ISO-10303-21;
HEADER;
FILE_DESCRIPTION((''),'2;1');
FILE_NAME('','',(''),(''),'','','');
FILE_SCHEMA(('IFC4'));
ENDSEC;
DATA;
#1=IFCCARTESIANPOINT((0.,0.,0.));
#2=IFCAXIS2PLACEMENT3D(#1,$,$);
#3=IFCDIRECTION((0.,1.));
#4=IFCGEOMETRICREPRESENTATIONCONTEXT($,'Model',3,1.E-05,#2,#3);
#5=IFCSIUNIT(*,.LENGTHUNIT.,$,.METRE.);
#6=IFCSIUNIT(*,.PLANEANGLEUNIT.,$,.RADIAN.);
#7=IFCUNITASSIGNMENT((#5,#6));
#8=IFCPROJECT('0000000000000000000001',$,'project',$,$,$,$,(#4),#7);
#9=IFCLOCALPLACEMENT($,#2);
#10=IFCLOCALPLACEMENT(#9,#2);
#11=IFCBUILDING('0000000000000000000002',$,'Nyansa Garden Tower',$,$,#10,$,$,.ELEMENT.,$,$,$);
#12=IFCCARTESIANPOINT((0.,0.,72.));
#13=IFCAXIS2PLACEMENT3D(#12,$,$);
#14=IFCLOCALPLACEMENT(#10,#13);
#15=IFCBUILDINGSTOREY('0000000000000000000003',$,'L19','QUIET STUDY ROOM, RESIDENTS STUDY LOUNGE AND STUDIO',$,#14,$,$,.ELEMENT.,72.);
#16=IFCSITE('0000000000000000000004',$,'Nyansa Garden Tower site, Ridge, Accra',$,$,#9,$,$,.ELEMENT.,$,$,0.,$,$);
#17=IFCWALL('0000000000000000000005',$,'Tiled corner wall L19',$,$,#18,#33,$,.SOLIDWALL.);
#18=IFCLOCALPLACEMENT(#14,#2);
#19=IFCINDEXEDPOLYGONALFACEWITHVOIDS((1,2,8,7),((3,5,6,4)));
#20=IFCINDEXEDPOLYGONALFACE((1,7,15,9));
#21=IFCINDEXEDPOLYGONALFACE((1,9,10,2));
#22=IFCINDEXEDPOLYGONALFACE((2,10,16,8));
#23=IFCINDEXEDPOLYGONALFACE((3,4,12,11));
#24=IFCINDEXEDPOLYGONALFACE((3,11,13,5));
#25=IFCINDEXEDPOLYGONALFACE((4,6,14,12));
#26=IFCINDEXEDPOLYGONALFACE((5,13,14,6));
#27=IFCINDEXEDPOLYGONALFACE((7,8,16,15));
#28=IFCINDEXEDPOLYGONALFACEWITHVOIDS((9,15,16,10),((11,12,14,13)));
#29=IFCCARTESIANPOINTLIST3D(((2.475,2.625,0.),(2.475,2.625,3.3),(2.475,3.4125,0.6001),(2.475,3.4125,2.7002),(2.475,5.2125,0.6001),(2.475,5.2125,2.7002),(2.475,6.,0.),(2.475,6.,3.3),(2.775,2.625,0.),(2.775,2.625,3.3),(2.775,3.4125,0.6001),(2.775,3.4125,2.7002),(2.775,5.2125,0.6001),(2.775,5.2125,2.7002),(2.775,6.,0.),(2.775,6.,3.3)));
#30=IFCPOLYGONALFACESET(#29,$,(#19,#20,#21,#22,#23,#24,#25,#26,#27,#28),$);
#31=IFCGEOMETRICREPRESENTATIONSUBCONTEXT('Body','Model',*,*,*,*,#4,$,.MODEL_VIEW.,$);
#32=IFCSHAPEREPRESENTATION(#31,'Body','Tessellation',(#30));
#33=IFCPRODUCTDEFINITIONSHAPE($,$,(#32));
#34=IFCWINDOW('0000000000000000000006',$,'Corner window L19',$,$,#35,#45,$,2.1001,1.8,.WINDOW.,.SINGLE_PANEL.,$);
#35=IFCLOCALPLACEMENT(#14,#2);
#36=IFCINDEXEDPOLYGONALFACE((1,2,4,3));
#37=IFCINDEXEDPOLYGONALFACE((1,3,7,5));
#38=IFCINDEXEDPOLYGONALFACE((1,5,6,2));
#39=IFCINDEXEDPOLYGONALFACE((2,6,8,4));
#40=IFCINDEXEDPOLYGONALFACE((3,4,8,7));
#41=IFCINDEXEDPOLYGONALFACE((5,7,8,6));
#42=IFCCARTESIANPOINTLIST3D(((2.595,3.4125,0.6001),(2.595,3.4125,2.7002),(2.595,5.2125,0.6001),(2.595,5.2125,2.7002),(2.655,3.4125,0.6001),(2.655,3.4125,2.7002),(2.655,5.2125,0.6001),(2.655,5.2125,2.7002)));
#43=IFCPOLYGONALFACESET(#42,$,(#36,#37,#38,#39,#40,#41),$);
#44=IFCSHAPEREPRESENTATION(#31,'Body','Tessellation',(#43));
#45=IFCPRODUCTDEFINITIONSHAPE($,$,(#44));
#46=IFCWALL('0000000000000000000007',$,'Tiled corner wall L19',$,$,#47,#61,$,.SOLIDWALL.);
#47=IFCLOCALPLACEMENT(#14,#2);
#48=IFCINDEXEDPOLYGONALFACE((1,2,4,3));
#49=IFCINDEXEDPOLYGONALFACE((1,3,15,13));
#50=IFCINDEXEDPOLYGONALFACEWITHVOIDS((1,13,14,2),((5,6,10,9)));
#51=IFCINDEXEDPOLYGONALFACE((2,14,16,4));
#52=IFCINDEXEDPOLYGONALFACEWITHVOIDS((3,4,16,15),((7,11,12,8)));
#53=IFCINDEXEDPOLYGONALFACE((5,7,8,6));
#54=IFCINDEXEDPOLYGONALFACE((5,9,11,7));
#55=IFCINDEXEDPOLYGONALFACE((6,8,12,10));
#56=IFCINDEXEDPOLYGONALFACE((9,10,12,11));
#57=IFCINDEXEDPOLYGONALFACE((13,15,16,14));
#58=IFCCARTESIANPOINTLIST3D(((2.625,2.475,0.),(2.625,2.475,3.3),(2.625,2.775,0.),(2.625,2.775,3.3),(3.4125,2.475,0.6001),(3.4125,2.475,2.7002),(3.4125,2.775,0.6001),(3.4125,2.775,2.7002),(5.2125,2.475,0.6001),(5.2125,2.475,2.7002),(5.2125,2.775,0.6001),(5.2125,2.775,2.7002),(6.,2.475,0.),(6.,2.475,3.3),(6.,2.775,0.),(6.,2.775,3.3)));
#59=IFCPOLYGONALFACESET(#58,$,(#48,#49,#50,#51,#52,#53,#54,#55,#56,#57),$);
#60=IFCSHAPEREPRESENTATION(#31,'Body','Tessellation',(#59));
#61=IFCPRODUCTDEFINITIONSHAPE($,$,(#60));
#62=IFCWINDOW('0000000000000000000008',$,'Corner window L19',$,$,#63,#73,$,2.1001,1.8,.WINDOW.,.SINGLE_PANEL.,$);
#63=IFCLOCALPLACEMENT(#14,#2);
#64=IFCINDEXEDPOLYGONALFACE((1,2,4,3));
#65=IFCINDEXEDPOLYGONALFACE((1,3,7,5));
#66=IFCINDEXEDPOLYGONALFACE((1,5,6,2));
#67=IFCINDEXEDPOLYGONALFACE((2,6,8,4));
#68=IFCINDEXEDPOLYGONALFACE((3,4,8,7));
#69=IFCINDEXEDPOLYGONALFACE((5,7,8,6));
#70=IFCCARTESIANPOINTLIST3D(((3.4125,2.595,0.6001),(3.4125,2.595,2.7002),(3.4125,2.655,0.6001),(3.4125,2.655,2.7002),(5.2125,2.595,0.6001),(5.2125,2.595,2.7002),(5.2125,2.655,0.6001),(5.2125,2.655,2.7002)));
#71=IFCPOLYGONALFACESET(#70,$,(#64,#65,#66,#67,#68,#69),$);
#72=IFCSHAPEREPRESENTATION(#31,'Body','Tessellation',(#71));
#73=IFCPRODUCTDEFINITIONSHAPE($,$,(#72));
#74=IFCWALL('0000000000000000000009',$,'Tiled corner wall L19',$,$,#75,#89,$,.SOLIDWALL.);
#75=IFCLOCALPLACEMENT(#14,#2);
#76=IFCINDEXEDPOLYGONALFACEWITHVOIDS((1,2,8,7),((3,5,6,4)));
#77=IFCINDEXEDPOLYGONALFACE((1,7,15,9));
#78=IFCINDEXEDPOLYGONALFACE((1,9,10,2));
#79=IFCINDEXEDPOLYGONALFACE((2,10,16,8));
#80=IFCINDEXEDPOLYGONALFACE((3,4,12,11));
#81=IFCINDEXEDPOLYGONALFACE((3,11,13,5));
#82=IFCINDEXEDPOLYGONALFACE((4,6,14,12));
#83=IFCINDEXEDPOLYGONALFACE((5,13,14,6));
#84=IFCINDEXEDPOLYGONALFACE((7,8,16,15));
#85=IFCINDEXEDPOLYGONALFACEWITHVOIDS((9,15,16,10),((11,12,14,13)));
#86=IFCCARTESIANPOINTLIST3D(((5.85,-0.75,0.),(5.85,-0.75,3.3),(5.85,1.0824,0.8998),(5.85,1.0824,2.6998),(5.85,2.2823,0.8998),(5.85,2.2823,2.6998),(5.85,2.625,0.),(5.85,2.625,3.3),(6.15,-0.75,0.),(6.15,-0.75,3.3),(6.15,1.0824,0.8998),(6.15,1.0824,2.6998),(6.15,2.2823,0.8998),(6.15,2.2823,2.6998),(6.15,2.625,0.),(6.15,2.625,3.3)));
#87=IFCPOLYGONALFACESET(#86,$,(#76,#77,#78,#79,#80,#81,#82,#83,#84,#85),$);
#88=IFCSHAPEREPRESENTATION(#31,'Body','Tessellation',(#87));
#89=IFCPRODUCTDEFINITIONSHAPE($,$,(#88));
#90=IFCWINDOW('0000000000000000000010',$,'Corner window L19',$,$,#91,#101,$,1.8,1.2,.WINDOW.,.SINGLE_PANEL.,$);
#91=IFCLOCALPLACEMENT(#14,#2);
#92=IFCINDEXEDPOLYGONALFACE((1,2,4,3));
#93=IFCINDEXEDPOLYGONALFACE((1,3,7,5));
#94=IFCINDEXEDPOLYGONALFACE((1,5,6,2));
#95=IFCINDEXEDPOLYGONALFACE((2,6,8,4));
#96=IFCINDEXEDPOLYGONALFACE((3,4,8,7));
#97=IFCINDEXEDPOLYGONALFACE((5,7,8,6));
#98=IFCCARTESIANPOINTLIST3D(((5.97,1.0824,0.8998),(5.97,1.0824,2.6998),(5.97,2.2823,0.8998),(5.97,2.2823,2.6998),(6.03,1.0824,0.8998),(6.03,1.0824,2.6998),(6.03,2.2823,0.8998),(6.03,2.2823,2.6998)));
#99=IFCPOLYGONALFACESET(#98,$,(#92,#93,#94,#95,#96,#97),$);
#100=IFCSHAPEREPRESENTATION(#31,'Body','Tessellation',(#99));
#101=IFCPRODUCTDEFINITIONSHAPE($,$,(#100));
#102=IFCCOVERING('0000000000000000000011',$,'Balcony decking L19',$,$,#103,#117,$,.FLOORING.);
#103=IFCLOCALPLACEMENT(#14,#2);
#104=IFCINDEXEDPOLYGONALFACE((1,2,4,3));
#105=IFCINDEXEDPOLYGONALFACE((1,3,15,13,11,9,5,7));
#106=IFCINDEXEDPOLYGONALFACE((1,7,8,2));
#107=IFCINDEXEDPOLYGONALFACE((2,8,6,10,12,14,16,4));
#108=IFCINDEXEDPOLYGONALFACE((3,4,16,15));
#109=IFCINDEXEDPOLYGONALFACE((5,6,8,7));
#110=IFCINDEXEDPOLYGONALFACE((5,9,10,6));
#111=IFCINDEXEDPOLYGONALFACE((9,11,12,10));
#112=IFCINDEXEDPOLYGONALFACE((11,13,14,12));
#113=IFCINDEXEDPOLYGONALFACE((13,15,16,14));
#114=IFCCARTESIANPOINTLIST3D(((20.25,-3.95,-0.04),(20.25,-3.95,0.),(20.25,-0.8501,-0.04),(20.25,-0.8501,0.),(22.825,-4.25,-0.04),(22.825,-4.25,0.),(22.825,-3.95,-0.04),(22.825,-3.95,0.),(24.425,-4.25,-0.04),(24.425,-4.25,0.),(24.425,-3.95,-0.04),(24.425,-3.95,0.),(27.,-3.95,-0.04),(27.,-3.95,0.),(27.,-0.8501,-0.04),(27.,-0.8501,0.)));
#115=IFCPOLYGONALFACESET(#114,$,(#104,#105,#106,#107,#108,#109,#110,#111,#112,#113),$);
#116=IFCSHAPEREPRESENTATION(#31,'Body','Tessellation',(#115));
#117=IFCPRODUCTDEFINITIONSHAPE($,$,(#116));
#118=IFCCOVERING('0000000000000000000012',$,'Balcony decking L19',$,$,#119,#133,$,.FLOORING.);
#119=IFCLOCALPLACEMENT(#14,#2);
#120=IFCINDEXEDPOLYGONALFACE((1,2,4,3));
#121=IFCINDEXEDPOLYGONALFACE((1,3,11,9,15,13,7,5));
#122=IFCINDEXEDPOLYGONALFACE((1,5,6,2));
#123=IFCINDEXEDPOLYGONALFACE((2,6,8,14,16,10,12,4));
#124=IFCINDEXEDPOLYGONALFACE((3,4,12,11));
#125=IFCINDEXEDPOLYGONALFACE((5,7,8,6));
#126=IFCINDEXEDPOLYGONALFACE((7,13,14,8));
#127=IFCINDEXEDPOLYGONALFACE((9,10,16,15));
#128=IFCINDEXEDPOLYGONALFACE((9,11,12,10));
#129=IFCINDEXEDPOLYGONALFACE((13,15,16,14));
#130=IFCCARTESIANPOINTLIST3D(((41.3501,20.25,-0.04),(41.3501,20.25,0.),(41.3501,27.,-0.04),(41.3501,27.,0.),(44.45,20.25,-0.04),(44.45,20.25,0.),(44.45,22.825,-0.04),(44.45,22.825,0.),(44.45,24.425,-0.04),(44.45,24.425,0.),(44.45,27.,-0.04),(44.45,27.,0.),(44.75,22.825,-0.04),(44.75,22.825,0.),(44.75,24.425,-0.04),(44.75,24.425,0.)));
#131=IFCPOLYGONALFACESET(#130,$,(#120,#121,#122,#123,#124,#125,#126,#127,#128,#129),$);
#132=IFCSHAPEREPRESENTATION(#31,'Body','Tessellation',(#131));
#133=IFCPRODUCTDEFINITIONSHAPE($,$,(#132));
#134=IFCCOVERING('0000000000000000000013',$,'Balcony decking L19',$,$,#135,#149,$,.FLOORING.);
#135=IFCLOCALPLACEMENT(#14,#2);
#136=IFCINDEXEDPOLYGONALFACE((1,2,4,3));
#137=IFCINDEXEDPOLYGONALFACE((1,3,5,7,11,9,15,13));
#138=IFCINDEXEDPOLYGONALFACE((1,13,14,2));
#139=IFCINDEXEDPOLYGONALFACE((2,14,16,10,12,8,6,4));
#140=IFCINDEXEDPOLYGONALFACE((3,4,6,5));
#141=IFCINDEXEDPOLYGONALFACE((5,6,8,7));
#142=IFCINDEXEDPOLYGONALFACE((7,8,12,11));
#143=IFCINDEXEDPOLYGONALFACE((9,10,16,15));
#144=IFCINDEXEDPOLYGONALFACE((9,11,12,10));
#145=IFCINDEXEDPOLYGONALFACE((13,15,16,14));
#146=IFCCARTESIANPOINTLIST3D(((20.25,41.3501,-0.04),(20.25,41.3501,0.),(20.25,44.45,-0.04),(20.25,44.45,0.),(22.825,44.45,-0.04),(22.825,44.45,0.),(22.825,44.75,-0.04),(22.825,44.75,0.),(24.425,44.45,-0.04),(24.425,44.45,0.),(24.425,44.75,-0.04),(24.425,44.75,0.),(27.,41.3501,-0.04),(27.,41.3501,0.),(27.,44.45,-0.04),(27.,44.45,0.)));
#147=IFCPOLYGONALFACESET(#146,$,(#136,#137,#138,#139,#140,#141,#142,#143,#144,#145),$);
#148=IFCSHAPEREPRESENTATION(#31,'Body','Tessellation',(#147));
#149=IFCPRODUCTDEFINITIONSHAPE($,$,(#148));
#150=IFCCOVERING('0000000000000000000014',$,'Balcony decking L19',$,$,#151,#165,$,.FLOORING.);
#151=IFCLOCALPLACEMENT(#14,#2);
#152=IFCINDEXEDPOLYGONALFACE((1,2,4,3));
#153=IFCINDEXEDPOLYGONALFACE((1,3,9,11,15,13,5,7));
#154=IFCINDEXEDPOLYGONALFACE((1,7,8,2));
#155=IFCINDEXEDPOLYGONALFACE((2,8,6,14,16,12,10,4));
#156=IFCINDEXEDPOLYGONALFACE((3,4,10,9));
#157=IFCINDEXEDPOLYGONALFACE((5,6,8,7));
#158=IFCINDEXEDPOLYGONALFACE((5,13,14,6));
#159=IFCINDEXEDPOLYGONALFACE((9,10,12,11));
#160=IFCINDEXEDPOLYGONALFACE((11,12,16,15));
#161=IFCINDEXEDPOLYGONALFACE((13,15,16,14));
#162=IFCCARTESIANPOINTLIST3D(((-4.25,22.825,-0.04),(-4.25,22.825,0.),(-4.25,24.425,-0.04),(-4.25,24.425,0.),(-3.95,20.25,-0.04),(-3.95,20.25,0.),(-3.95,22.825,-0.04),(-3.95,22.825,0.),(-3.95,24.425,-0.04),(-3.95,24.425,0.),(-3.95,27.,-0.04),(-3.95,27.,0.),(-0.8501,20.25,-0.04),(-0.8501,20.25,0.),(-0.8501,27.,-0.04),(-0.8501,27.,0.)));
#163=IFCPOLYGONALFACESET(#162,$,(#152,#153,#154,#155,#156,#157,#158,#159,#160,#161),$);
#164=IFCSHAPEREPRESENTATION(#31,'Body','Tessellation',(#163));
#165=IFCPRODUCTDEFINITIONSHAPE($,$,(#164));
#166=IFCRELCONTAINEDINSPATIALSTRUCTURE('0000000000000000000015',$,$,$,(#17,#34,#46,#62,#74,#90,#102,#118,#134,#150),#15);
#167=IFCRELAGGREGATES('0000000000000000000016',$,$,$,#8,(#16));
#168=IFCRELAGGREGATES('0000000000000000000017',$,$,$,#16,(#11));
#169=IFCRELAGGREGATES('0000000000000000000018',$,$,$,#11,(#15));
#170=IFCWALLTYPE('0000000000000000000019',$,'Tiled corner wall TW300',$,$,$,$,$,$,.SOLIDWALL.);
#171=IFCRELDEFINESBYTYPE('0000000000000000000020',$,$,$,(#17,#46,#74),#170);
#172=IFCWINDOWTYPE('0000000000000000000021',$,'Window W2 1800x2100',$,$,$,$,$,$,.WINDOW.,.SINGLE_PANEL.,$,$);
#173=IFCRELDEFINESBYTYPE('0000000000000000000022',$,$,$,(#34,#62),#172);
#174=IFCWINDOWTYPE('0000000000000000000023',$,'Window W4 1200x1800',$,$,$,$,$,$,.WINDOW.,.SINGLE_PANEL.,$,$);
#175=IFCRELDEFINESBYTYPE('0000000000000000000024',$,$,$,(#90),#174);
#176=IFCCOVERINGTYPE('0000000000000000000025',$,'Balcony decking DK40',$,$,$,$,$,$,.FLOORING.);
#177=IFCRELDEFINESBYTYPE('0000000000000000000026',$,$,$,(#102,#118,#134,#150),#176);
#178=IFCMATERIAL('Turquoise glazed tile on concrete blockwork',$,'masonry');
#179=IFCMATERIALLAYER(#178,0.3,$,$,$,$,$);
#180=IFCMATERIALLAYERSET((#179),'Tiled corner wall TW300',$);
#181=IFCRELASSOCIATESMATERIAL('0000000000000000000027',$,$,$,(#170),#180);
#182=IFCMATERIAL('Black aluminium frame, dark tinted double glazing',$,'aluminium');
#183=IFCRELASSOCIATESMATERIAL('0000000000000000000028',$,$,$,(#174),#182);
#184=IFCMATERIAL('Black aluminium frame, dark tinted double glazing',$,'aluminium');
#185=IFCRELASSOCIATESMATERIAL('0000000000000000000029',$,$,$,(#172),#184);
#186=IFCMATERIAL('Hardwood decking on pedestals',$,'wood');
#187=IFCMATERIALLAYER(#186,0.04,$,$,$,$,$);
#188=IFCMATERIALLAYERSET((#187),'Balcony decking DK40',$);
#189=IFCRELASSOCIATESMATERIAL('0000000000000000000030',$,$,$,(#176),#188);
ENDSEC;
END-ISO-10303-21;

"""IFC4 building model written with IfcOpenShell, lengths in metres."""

from ifc_helpers import new_model, si_unit, direction, frame, frame_2d, origin, place, context, subcontext, project, spatial, polyline, rectangle, outline, extrude, material, layer, layer_set, type_object, element, fill, save


model = new_model("IFC4")

# Units and contexts
model_context = context("Model", 3, precision=1e-05, world=origin(), true_north=direction((0.0, 1.0)))
body_context = subcontext(model_context, "Body", "Model", "MODEL_VIEW")
ifc_project = project(units=[si_unit("LENGTHUNIT", "METRE"), si_unit("PLANEANGLEUNIT", "RADIAN")], contexts=[model_context])

# Site, building, storey
site_placement = place(None, origin())
site = spatial("IfcSite", under=ifc_project, at=site_placement, Name="Nyansa Garden Tower site, Ridge, Accra", CompositionType="ELEMENT", RefElevation=0.0)
building_placement = place(site_placement, origin())
building = spatial("IfcBuilding", under=site, at=building_placement, Name="Nyansa Garden Tower", CompositionType="ELEMENT")
storey_placement = place(building_placement, frame((0.0, 0.0, 72.0)))
storey = spatial("IfcBuildingStorey", under=building, at=storey_placement, Name="L19", Description="QUIET STUDY ROOM, RESIDENTS STUDY LOUNGE AND STUDIO", CompositionType="ELEMENT", Elevation=72.0)

# Walls, openings, windows
ifc_material_1 = material(Name="Turquoise glazed tile on concrete blockwork", Category="masonry")
ifc_layer_1 = layer(ifc_material_1, 0.3)
ifc_layer_set_1 = layer_set([ifc_layer_1], Name="Tiled corner wall TW300")
wall_type_1 = type_object("IfcWallType", Name="Tiled corner wall TW300", PredefinedType="SOLIDWALL", material=ifc_layer_set_1)
ifc_material_2 = material(Name="Black aluminium frame, dark tinted double glazing", Category="aluminium")
window_type_1 = type_object("IfcWindowType", Name="Window W4 1200x1800", PartitioningType="SINGLE_PANEL", PredefinedType="WINDOW", material=ifc_material_2)
wall_1_placement = place(storey_placement, frame((2.625, 6.0, 0.0), z_axis=(0.0, 0.0, 1.0), x_axis=(0.0, -1.0, 0.0)))
wall_1 = element("IfcWall", 1, at=wall_1_placement, inside=storey, type_object=wall_type_1, Name="Tiled corner wall L19", PredefinedType="SOLIDWALL", context=body_context, shape_type="SweptSolid", body=[
    extrude(rectangle(XDim=3.375, YDim=0.3, at=frame_2d((1.6875, 0.0))), origin(), (0.0, 0.0, 1.0), 3.3),
])
opening_1_placement = place(wall_1_placement, frame((0.7876, 0.0, 0.6001)))
opening_1 = element("IfcOpeningElement", 2, at=opening_1_placement, cuts=wall_1, PredefinedType="OPENING", context=body_context, shape_type="SweptSolid", body=[
    extrude(rectangle(XDim=1.8, YDim=2.1001, at=frame_2d((0.8999, 1.05))), frame((0.0, 0.1599, 0.0), z_axis=(0.0, -1.0, 0.0), x_axis=(1.0, 0.0, 0.0)), (0.0, 0.0, 1.0), 0.3201),
])
ifc_material_3 = material(Name="Black aluminium frame, dark tinted double glazing", Category="aluminium")
window_type_2 = type_object("IfcWindowType", Name="Window W2 1800x2100", PartitioningType="SINGLE_PANEL", PredefinedType="WINDOW", material=ifc_material_3)
window_1_placement = place(opening_1_placement, origin())
window_1 = element("IfcWindow", 3, at=window_1_placement, inside=storey, type_object=window_type_2, Name="Corner window L19", OverallHeight=2.1001, OverallWidth=1.8, PartitioningType="SINGLE_PANEL", PredefinedType="WINDOW", context=body_context, shape_type="SweptSolid", body=[
    extrude(rectangle(XDim=1.8, YDim=2.1001, at=frame_2d((0.8999, 1.05))), frame((0.0, 0.03, 0.0), z_axis=(0.0, -1.0, 0.0), x_axis=(1.0, 0.0, 0.0)), (0.0, 0.0, 1.0), 0.0601),
])
fill(opening_1, window_1)
wall_2_placement = place(storey_placement, frame((2.625, 2.625, 0.0), z_axis=(0.0, 0.0, 1.0), x_axis=(1.0, 0.0, 0.0)))
wall_2 = element("IfcWall", 4, at=wall_2_placement, inside=storey, type_object=wall_type_1, Name="Tiled corner wall L19", PredefinedType="SOLIDWALL", context=body_context, shape_type="SweptSolid", body=[
    extrude(rectangle(XDim=3.375, YDim=0.3, at=frame_2d((1.6875, 0.0))), origin(), (0.0, 0.0, 1.0), 3.3),
])
opening_2_placement = place(wall_2_placement, frame((0.7876, 0.0, 0.6001)))
opening_2 = element("IfcOpeningElement", 5, at=opening_2_placement, cuts=wall_2, PredefinedType="OPENING", context=body_context, shape_type="SweptSolid", body=[
    extrude(rectangle(XDim=1.8, YDim=2.1001, at=frame_2d((0.8999, 1.05))), frame((0.0, 0.1599, 0.0), z_axis=(0.0, -1.0, 0.0), x_axis=(1.0, 0.0, 0.0)), (0.0, 0.0, 1.0), 0.3201),
])
window_2_placement = place(opening_2_placement, origin())
window_2 = element("IfcWindow", 6, at=window_2_placement, inside=storey, type_object=window_type_2, Name="Corner window L19", OverallHeight=2.1001, OverallWidth=1.8, PartitioningType="SINGLE_PANEL", PredefinedType="WINDOW", context=body_context, shape_type="SweptSolid", body=[
    extrude(rectangle(XDim=1.8, YDim=2.1001, at=frame_2d((0.8999, 1.05))), frame((0.0, 0.03, 0.0), z_axis=(0.0, -1.0, 0.0), x_axis=(1.0, 0.0, 0.0)), (0.0, 0.0, 1.0), 0.0601),
])
fill(opening_2, window_2)
wall_3_placement = place(storey_placement, frame((6.0, 2.625, 0.0), z_axis=(0.0, 0.0, 1.0), x_axis=(0.0, -1.0, 0.0)))
wall_3 = element("IfcWall", 7, at=wall_3_placement, inside=storey, type_object=wall_type_1, Name="Tiled corner wall L19", PredefinedType="SOLIDWALL", context=body_context, shape_type="SweptSolid", body=[
    extrude(rectangle(XDim=3.375, YDim=0.3, at=frame_2d((1.6875, 0.0))), origin(), (0.0, 0.0, 1.0), 3.3),
])
opening_3_placement = place(wall_3_placement, frame((0.3425, 0.0, 0.8999)))
opening_3 = element("IfcOpeningElement", 8, at=opening_3_placement, cuts=wall_3, PredefinedType="OPENING", context=body_context, shape_type="SweptSolid", body=[
    extrude(rectangle(XDim=1.2, YDim=1.8, at=frame_2d((0.6001, 0.8999))), frame((0.0, 0.1599, 0.0), z_axis=(0.0, -1.0, 0.0), x_axis=(1.0, 0.0, 0.0)), (0.0, 0.0, 1.0), 0.3201),
])
window_3_placement = place(opening_3_placement, origin())
window_3 = element("IfcWindow", 9, at=window_3_placement, inside=storey, type_object=window_type_1, Name="Corner window L19", OverallHeight=1.8, OverallWidth=1.2, PartitioningType="SINGLE_PANEL", PredefinedType="WINDOW", context=body_context, shape_type="SweptSolid", body=[
    extrude(rectangle(XDim=1.2, YDim=1.8, at=frame_2d((0.6001, 0.8999))), frame((0.0, 0.03, 0.0), z_axis=(0.0, -1.0, 0.0), x_axis=(1.0, 0.0, 0.0)), (0.0, 0.0, 1.0), 0.0601),
])
fill(opening_3, window_3)

# Coverings
ifc_material_4 = material(Name="Hardwood decking on pedestals", Category="wood")
ifc_layer_2 = layer(ifc_material_4, 0.04)
ifc_layer_set_2 = layer_set([ifc_layer_2], Name="Balcony decking DK40")
covering_type = type_object("IfcCoveringType", Name="Balcony decking DK40", PredefinedType="FLOORING", material=ifc_layer_set_2)
covering_1_placement = place(storey_placement, frame((0.0, 0.0, -0.04)))
element("IfcCovering", 10, at=covering_1_placement, inside=storey, type_object=covering_type, Name="Balcony decking L19", PredefinedType="FLOORING", context=body_context, shape_type="SweptSolid", body=[
    extrude(outline(polyline([(20.25, -0.8501), (27.0, -0.8501), (27.0, -3.95), (24.425, -3.95), (24.425, -4.25), (22.825, -4.25), (22.825, -3.95), (20.25, -3.95), (20.25, -0.8501)])), origin(), (0.0, 0.0, 1.0), 0.04),
])
covering_2_placement = place(storey_placement, frame((0.0, 0.0, -0.04)))
element("IfcCovering", 11, at=covering_2_placement, inside=storey, type_object=covering_type, Name="Balcony decking L19", PredefinedType="FLOORING", context=body_context, shape_type="SweptSolid", body=[
    extrude(outline(polyline([(41.3501, 20.25), (41.3501, 27.0), (44.45, 27.0), (44.45, 24.425), (44.75, 24.425), (44.75, 22.825), (44.45, 22.825), (44.45, 20.25), (41.3501, 20.25)])), origin(), (0.0, 0.0, 1.0), 0.04),
])
covering_3_placement = place(storey_placement, frame((0.0, 0.0, -0.04)))
element("IfcCovering", 12, at=covering_3_placement, inside=storey, type_object=covering_type, Name="Balcony decking L19", PredefinedType="FLOORING", context=body_context, shape_type="SweptSolid", body=[
    extrude(outline(polyline([(20.25, 41.3501), (27.0, 41.3501), (27.0, 44.45), (24.425, 44.45), (24.425, 44.75), (22.825, 44.75), (22.825, 44.45), (20.25, 44.45), (20.25, 41.3501)])), origin(), (0.0, 0.0, 1.0), 0.04),
])
covering_4_placement = place(storey_placement, frame((0.0, 0.0, -0.04)))
element("IfcCovering", 13, at=covering_4_placement, inside=storey, type_object=covering_type, Name="Balcony decking L19", PredefinedType="FLOORING", context=body_context, shape_type="SweptSolid", body=[
    extrude(outline(polyline([(-0.8501, 20.25), (-0.8501, 27.0), (-3.95, 27.0), (-3.95, 24.425), (-4.25, 24.425), (-4.25, 22.825), (-3.95, 22.825), (-3.95, 20.25), (-0.8501, 20.25)])), origin(), (0.0, 0.0, 1.0), 0.04),
])

save(model, "model.ifc")
